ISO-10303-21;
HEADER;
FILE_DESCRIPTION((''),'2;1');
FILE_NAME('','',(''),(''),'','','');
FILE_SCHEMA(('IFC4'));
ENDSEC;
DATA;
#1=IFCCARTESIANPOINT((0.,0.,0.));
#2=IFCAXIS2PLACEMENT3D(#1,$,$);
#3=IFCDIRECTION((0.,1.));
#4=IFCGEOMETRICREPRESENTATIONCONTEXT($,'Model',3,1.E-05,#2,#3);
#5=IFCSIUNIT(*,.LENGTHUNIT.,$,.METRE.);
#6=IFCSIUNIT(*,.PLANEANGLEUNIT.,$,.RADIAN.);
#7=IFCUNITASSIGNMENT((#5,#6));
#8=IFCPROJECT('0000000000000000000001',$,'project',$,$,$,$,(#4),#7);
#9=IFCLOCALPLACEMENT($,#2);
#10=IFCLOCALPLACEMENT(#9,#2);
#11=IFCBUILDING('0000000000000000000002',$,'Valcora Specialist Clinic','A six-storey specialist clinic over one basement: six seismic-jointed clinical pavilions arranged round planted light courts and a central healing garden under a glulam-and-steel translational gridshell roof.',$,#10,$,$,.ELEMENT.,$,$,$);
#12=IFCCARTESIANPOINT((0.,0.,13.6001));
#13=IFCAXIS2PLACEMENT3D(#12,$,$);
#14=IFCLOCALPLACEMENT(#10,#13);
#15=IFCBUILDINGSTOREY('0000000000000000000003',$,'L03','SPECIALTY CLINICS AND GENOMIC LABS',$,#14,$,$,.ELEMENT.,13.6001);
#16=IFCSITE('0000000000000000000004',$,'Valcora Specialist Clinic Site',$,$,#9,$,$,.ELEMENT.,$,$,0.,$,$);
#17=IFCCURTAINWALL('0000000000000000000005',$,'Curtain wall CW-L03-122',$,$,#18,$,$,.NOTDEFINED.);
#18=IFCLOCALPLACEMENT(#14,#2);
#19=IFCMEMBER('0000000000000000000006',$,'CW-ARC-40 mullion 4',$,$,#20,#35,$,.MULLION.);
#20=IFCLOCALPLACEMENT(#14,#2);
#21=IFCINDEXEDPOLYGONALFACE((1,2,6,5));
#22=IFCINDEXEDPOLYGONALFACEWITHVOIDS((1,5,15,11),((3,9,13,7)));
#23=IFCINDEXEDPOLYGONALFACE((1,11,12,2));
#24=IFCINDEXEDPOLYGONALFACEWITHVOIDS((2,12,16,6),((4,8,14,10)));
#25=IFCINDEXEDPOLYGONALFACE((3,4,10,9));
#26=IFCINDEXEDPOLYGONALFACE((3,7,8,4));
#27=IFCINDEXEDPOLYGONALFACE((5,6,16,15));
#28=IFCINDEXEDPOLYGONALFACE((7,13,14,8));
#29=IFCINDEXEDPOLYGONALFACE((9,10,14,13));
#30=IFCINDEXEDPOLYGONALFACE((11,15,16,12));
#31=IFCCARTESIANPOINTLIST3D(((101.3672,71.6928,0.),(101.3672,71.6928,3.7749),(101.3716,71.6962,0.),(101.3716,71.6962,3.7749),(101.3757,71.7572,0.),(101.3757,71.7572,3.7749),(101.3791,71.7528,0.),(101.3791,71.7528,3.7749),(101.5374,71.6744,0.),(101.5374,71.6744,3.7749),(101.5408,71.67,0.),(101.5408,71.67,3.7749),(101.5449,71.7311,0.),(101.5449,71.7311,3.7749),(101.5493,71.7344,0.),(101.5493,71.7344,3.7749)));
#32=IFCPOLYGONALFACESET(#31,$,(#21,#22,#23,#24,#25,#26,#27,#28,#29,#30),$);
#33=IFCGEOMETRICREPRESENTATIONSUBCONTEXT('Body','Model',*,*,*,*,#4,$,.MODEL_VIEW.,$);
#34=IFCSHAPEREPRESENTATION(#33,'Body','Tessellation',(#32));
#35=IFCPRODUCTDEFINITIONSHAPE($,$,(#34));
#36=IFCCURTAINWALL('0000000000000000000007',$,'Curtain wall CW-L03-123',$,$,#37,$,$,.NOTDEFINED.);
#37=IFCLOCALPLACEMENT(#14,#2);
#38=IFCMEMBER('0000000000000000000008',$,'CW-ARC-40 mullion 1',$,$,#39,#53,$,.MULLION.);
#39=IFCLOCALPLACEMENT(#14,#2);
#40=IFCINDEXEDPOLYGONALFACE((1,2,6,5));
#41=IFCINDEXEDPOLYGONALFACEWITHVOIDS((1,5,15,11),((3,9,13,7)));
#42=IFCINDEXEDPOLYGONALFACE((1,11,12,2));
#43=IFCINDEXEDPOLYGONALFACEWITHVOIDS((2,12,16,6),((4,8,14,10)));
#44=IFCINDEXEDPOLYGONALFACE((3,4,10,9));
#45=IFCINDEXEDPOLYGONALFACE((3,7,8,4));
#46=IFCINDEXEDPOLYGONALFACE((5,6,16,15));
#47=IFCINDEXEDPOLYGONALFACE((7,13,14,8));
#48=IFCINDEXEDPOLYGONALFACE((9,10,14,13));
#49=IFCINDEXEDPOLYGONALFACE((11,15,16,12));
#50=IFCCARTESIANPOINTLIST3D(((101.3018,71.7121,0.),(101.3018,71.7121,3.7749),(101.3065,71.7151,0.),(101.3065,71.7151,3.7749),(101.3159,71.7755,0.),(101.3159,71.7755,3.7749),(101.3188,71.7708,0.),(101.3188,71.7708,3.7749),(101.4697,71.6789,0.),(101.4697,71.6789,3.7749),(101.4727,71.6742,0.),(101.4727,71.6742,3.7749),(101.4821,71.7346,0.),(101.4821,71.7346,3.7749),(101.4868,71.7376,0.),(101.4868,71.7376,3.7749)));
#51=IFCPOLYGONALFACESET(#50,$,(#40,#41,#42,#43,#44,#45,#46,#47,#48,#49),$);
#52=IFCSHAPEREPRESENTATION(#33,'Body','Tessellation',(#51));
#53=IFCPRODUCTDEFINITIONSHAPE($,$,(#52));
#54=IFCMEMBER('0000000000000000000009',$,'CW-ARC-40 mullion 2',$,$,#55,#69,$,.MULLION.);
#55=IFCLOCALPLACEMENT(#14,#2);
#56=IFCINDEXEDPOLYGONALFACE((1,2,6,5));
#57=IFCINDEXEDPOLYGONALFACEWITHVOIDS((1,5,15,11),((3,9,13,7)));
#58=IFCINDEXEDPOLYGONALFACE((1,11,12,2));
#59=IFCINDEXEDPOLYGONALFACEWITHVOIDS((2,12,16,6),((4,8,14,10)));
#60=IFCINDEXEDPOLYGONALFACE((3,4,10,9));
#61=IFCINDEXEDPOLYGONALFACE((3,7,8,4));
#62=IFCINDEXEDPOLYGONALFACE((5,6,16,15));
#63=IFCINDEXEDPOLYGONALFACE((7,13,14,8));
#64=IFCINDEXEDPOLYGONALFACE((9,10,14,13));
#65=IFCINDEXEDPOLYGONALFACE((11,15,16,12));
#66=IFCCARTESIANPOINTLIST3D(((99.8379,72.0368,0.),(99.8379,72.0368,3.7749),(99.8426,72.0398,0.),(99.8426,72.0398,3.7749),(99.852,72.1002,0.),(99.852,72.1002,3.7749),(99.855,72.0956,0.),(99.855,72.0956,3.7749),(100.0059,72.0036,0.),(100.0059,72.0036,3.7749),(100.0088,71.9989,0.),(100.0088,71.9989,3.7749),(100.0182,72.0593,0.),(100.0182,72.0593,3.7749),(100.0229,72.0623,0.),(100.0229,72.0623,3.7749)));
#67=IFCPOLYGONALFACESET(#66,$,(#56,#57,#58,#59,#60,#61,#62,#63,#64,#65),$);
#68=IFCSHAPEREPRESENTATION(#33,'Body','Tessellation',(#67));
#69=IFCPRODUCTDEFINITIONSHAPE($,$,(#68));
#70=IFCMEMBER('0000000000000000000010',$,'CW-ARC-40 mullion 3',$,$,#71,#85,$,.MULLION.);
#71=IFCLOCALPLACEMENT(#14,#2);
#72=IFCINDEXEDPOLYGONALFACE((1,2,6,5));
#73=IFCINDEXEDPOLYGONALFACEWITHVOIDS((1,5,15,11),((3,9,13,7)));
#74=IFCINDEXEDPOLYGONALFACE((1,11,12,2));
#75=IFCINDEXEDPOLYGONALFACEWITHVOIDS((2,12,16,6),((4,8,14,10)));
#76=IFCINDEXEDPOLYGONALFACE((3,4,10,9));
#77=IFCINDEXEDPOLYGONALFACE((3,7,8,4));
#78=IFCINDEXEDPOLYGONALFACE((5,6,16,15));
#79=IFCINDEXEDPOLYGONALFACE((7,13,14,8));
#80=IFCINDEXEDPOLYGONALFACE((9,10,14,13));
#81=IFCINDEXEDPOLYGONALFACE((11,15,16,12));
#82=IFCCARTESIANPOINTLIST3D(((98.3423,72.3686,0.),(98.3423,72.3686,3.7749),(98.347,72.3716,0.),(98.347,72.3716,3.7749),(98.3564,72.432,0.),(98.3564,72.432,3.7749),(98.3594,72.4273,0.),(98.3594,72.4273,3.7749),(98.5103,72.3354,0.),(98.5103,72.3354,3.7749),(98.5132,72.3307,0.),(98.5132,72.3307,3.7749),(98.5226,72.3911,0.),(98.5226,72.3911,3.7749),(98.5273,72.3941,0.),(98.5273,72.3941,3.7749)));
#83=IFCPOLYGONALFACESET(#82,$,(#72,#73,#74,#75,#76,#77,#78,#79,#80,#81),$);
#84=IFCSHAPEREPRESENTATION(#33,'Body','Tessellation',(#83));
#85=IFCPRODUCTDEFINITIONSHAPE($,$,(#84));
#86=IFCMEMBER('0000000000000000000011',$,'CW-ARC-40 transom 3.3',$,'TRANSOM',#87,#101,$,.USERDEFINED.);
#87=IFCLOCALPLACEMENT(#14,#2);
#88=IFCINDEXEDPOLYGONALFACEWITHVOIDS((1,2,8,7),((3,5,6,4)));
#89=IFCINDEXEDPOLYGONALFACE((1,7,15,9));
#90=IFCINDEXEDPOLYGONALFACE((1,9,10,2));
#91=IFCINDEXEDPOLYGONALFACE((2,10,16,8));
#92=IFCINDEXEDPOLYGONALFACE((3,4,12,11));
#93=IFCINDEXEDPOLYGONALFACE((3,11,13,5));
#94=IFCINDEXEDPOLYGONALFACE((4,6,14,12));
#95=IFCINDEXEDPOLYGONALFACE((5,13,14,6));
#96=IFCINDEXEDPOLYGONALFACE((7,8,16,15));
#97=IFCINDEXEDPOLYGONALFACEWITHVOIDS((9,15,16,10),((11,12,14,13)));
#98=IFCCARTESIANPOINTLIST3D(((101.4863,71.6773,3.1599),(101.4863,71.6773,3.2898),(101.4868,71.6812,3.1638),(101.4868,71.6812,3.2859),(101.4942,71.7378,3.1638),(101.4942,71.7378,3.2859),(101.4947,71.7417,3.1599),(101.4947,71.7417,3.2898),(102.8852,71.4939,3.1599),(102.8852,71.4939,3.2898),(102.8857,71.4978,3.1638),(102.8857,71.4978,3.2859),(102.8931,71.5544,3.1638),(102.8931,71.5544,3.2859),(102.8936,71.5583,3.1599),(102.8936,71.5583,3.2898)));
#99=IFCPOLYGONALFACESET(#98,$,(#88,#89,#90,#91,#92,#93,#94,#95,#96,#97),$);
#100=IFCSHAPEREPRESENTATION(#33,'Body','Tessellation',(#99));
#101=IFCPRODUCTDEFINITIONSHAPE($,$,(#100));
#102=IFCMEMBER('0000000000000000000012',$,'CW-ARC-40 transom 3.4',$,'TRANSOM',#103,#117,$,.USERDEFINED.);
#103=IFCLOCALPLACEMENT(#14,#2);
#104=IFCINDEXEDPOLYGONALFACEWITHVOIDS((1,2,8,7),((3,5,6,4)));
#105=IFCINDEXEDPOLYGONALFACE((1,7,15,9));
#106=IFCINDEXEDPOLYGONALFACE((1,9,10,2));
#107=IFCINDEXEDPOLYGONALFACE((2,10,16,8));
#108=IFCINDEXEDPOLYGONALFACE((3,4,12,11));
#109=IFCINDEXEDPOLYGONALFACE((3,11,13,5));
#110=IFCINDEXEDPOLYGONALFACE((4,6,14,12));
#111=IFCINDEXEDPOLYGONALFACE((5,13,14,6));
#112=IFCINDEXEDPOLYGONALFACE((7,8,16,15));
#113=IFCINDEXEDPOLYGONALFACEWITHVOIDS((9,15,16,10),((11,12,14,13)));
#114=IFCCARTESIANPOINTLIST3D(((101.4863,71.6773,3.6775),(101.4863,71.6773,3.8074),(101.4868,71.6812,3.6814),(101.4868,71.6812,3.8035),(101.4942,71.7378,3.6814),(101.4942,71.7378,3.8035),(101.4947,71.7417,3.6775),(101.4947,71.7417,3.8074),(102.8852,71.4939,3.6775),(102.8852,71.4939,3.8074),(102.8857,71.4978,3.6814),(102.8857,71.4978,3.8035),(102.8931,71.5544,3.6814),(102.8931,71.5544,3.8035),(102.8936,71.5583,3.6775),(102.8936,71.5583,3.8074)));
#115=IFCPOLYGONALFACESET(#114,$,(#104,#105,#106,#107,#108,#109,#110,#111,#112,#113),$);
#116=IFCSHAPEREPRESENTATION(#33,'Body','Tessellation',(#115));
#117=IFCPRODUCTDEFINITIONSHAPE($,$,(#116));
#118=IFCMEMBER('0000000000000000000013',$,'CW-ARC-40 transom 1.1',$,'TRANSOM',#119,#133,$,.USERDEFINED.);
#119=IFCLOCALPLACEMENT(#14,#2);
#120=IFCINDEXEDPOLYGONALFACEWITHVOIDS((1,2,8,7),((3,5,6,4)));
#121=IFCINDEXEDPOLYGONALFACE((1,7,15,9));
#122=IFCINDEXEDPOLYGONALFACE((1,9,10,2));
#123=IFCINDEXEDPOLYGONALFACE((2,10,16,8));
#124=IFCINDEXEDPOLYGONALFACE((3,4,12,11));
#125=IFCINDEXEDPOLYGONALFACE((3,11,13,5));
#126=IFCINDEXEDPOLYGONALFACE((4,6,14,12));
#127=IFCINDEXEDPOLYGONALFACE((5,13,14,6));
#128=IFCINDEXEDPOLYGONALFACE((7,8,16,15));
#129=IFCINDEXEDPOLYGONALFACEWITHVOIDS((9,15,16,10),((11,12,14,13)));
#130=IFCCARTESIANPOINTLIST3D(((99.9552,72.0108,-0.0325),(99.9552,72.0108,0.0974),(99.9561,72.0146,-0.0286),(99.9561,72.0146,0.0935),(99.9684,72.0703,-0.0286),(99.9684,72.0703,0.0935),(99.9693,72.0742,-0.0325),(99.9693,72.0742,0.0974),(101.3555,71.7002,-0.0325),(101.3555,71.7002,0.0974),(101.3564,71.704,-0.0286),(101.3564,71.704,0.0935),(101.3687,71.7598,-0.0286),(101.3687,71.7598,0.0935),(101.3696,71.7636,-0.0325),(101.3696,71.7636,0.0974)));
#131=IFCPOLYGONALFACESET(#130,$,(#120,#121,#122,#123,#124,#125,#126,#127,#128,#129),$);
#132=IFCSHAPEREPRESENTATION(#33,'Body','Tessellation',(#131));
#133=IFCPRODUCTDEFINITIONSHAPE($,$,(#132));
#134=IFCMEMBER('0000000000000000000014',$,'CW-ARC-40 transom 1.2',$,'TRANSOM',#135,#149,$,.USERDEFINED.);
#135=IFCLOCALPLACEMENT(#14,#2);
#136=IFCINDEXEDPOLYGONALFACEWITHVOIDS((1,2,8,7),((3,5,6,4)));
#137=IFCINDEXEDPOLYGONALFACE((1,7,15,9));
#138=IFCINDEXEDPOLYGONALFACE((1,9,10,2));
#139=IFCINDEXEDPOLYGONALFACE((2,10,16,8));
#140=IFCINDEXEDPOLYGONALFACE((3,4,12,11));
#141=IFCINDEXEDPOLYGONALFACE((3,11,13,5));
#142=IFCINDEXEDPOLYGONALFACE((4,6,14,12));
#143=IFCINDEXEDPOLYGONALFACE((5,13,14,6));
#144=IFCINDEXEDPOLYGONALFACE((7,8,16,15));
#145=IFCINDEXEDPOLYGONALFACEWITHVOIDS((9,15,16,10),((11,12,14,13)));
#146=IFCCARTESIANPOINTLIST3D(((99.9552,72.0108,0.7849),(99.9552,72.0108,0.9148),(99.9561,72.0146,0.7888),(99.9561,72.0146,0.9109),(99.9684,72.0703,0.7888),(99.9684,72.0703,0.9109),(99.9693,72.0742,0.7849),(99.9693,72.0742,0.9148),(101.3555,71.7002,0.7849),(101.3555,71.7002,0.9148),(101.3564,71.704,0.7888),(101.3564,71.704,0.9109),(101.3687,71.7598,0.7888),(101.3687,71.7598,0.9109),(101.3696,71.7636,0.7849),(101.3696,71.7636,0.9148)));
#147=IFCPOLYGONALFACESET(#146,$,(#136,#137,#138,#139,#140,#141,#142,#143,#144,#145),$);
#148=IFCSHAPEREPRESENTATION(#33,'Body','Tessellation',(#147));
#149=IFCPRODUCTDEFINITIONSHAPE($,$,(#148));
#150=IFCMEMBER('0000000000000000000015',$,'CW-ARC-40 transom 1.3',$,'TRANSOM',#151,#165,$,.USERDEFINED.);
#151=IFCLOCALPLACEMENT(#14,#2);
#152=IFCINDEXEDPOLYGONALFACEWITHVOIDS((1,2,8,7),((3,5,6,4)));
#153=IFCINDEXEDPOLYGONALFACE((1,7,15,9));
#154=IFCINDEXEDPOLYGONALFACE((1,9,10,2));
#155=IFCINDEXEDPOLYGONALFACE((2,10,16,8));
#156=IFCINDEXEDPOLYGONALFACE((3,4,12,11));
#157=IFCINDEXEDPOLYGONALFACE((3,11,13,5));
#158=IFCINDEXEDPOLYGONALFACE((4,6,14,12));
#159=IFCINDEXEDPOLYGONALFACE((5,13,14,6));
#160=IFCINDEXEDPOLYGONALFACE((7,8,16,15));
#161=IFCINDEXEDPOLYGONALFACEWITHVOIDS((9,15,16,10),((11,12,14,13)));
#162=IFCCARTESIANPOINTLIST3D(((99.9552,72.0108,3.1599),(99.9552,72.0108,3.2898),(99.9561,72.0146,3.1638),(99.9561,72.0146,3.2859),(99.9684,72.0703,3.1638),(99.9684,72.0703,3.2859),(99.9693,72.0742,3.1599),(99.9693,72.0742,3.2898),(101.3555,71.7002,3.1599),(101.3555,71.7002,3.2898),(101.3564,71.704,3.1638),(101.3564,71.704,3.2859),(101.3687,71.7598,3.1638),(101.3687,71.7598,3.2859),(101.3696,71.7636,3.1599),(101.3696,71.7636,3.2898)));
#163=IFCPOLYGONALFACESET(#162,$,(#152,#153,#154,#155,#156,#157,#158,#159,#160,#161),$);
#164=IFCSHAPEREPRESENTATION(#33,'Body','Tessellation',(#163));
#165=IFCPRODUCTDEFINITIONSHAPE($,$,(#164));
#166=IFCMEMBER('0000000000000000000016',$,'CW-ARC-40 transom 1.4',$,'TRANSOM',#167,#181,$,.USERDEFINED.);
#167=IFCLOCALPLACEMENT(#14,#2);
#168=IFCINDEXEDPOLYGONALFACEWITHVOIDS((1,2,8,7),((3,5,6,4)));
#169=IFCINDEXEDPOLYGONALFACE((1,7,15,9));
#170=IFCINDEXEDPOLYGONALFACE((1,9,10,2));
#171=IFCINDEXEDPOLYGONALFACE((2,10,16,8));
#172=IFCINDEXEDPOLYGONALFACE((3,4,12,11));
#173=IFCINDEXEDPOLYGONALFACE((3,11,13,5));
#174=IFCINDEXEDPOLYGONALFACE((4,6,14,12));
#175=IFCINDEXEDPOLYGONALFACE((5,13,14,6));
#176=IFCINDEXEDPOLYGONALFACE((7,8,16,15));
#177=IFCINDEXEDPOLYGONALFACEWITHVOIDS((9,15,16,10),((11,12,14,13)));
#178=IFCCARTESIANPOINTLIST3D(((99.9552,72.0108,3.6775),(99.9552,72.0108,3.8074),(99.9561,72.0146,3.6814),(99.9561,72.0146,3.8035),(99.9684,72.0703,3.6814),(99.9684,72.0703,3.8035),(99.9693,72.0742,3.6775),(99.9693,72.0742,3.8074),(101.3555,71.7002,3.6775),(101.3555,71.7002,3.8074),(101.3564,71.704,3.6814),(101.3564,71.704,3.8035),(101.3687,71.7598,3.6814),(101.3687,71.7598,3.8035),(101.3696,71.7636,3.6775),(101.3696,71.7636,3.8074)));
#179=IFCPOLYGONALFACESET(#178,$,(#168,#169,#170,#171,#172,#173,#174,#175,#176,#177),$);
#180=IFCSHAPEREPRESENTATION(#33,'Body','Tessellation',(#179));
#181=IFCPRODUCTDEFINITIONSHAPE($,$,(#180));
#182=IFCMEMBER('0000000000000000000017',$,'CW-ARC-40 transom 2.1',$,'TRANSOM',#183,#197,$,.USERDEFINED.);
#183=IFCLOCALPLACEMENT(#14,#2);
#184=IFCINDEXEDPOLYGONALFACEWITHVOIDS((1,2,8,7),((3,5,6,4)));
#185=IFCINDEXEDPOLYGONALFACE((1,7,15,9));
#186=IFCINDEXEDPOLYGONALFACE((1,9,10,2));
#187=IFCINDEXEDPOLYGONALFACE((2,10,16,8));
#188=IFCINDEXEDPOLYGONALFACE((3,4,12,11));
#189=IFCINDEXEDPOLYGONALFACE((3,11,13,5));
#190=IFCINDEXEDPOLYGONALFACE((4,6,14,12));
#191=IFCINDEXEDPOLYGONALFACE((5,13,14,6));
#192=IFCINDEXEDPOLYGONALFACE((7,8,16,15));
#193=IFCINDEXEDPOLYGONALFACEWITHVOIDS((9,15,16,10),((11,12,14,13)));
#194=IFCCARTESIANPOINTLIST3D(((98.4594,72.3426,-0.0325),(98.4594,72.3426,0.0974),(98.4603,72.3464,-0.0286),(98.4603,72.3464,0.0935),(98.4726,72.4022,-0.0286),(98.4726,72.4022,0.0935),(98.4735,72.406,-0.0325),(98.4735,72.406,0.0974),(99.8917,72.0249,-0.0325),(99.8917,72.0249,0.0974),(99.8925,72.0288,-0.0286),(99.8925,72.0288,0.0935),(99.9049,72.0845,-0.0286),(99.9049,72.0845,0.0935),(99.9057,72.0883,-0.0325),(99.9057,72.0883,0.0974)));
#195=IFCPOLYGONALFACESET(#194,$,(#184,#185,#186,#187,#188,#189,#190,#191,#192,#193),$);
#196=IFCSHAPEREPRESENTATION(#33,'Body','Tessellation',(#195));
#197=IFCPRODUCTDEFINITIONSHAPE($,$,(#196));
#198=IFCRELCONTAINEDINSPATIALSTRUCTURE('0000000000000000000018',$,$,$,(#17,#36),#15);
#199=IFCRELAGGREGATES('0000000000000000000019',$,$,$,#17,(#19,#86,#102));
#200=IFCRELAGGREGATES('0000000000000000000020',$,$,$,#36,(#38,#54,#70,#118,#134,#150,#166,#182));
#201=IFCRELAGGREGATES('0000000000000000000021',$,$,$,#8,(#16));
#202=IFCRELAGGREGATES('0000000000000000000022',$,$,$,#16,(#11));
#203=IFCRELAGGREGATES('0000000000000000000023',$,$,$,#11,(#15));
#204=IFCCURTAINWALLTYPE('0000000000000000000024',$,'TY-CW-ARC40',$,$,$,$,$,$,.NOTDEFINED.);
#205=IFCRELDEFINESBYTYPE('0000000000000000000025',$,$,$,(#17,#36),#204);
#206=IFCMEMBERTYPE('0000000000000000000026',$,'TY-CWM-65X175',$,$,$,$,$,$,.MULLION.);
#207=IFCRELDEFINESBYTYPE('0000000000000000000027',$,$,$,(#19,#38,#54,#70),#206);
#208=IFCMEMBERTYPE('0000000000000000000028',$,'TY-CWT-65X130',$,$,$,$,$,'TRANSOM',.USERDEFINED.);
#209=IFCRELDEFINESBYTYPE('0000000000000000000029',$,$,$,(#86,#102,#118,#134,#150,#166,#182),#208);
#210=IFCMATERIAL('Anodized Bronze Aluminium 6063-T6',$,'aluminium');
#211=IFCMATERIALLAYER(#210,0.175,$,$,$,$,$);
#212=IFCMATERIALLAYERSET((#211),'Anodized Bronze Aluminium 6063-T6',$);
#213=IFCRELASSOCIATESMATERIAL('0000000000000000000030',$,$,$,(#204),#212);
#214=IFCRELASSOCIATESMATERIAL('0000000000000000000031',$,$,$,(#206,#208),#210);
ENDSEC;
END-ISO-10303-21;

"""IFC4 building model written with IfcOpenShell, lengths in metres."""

from ifc_helpers import new_model, si_unit, direction, frame, origin, origin_2d, place, context, subcontext, project, spatial, hollow_rectangle, extrude, material, layer, layer_set, material_profile, profile_set, type_object, element, aggregate, save


model = new_model("IFC4")

# Units and contexts
model_context = context("Model", 3, precision=1e-05, world=origin(), true_north=direction((0.0, 1.0)))
body_context = subcontext(model_context, "Body", "Model", "MODEL_VIEW")
ifc_project = project(units=[si_unit("LENGTHUNIT", "METRE"), si_unit("PLANEANGLEUNIT", "RADIAN")], contexts=[model_context])

# Site, building, storey
site_placement = place(None, origin())
site = spatial("IfcSite", under=ifc_project, at=site_placement, Name="Valcora Specialist Clinic Site", CompositionType="ELEMENT", RefElevation=0.0)
building_placement = place(site_placement, origin())
building = spatial("IfcBuilding", under=site, at=building_placement, Name="Valcora Specialist Clinic", Description="A six-storey specialist clinic over one basement: six seismic-jointed clinical pavilions arranged round planted light courts and a central healing garden under a glulam-and-steel translational gridshell roof.", CompositionType="ELEMENT")
storey_placement = place(building_placement, frame((0.0, 0.0, 13.6001)))
storey = spatial("IfcBuildingStorey", under=building, at=storey_placement, Name="L03", Description="SPECIALTY CLINICS AND GENOMIC LABS", CompositionType="ELEMENT", Elevation=13.6001)

# Curtain wall, member
ifc_material_1 = material(Name="Anodized Bronze Aluminium 6063-T6", Category="aluminium")
ifc_layer_1 = layer(ifc_material_1, 0.175)
ifc_layer_set_1 = layer_set([ifc_layer_1], Name="Anodized Bronze Aluminium 6063-T6")
curtain_wall_type = type_object("IfcCurtainWallType", Name="TY-CW-ARC40", PredefinedType="NOTDEFINED", material=ifc_layer_set_1)
curtain_wall_1_placement = place(storey_placement, origin())
curtain_wall_1 = element("IfcCurtainWall", 1, at=curtain_wall_1_placement, inside=storey, type_object=curtain_wall_type, Name="Curtain wall CW-L03-122", PredefinedType="NOTDEFINED")
ifc_material_profile_1 = material_profile(ifc_material_1, hollow_rectangle(XDim=0.0649, YDim=0.175, WallThickness=0.0039, at=origin_2d()), Name="AL-MUL-65X175")
ifc_profile_set_1 = profile_set([ifc_material_profile_1], Name="Anodized Bronze Aluminium 6063-T6")
member_type_1 = type_object("IfcMemberType", Name="TY-CWM-65X175", PredefinedType="MULLION", material=ifc_profile_set_1)
member_1_placement = place(storey_placement, frame((101.4583, 71.7136, 0.0), z_axis=(0.0, 0.0, 1.0), x_axis=(-0.129999, -0.991514, 0.0)))
member_1 = element("IfcMember", 2, at=member_1_placement, type_object=member_type_1, Name="CW-ARC-40 mullion 4", PredefinedType="MULLION", context=body_context, shape_type="SweptSolid", body=[
    extrude(hollow_rectangle(XDim=0.0649, YDim=0.175, WallThickness=0.0039, at=origin_2d()), origin(), (0.0, 0.0, 1.0), 3.7749),
])

# Curtain wall, members
curtain_wall_2_placement = place(storey_placement, origin())
curtain_wall_2 = element("IfcCurtainWall", 3, at=curtain_wall_2_placement, inside=storey, type_object=curtain_wall_type, Name="Curtain wall CW-L03-123", PredefinedType="NOTDEFINED")
member_2_placement = place(storey_placement, frame((101.3943, 71.7249, 0.0), z_axis=(0.0, 0.0, 1.0), x_axis=(-0.216518, -0.976279, 0.0)))
member_2 = element("IfcMember", 4, at=member_2_placement, type_object=member_type_1, Name="CW-ARC-40 mullion 1", PredefinedType="MULLION", context=body_context, shape_type="SweptSolid", body=[
    extrude(hollow_rectangle(XDim=0.0649, YDim=0.175, WallThickness=0.0039, at=origin_2d()), origin(), (0.0, 0.0, 1.0), 3.7749),
])
member_3_placement = place(storey_placement, frame((99.9304, 72.0496, 0.0), z_axis=(0.0, 0.0, 1.0), x_axis=(-0.216518, -0.976279, 0.0)))
member_3 = element("IfcMember", 5, at=member_3_placement, type_object=member_type_1, Name="CW-ARC-40 mullion 2", PredefinedType="MULLION", context=body_context, shape_type="SweptSolid", body=[
    extrude(hollow_rectangle(XDim=0.0649, YDim=0.175, WallThickness=0.0039, at=origin_2d()), origin(), (0.0, 0.0, 1.0), 3.7749),
])
member_4_placement = place(storey_placement, frame((98.4348, 72.3813, 0.0), z_axis=(0.0, 0.0, 1.0), x_axis=(-0.216518, -0.976279, 0.0)))
member_4 = element("IfcMember", 6, at=member_4_placement, type_object=member_type_1, Name="CW-ARC-40 mullion 3", PredefinedType="MULLION", context=body_context, shape_type="SweptSolid", body=[
    extrude(hollow_rectangle(XDim=0.0649, YDim=0.175, WallThickness=0.0039, at=origin_2d()), origin(), (0.0, 0.0, 1.0), 3.7749),
])

# Members
ifc_material_profile_2 = material_profile(ifc_material_1, hollow_rectangle(XDim=0.0649, YDim=0.1299, WallThickness=0.0039, at=origin_2d()), Name="AL-TRN-65X130")
ifc_profile_set_2 = profile_set([ifc_material_profile_2], Name="Anodized Bronze Aluminium 6063-T6")
member_type_2 = type_object("IfcMemberType", Name="TY-CWT-65X130", ElementType="TRANSOM", PredefinedType="USERDEFINED", material=ifc_profile_set_2)
member_5_placement = place(storey_placement, frame((102.8894, 71.5261, 3.2249), z_axis=(-0.99152, 0.129953, 0.0), x_axis=(-0.129953, -0.99152, 0.0)))
member_5 = element("IfcMember", 7, at=member_5_placement, type_object=member_type_2, Name="CW-ARC-40 transom 3.3", ObjectType="TRANSOM", PredefinedType="USERDEFINED", context=body_context, shape_type="SweptSolid", body=[
    extrude(hollow_rectangle(XDim=0.0649, YDim=0.1299, WallThickness=0.0039, at=origin_2d()), origin(), (0.0, 0.0, 1.0), 1.4109),
])
member_6_placement = place(storey_placement, frame((102.8894, 71.5261, 3.7424), z_axis=(-0.99152, 0.129953, 0.0), x_axis=(-0.129953, -0.99152, 0.0)))
member_6 = element("IfcMember", 8, at=member_6_placement, type_object=member_type_2, Name="CW-ARC-40 transom 3.4", ObjectType="TRANSOM", PredefinedType="USERDEFINED", context=body_context, shape_type="SweptSolid", body=[
    extrude(hollow_rectangle(XDim=0.0649, YDim=0.1299, WallThickness=0.0039, at=origin_2d()), origin(), (0.0, 0.0, 1.0), 1.4109),
])
member_7_placement = place(storey_placement, frame((101.3625, 71.7319, 0.0325), z_axis=(-0.976283, 0.216498, 0.0), x_axis=(-0.216498, -0.976283, 0.0)))
member_7 = element("IfcMember", 9, at=member_7_placement, type_object=member_type_2, Name="CW-ARC-40 transom 1.1", ObjectType="TRANSOM", PredefinedType="USERDEFINED", context=body_context, shape_type="SweptSolid", body=[
    extrude(hollow_rectangle(XDim=0.0649, YDim=0.1299, WallThickness=0.0039, at=origin_2d()), origin(), (0.0, 0.0, 1.0), 1.4343),
])
member_8_placement = place(storey_placement, frame((101.3625, 71.7319, 0.8499), z_axis=(-0.976283, 0.216498, 0.0), x_axis=(-0.216498, -0.976283, 0.0)))
member_8 = element("IfcMember", 10, at=member_8_placement, type_object=member_type_2, Name="CW-ARC-40 transom 1.2", ObjectType="TRANSOM", PredefinedType="USERDEFINED", context=body_context, shape_type="SweptSolid", body=[
    extrude(hollow_rectangle(XDim=0.0649, YDim=0.1299, WallThickness=0.0039, at=origin_2d()), origin(), (0.0, 0.0, 1.0), 1.4343),
])
member_9_placement = place(storey_placement, frame((101.3625, 71.7319, 3.2249), z_axis=(-0.976283, 0.216498, 0.0), x_axis=(-0.216498, -0.976283, 0.0)))
member_9 = element("IfcMember", 11, at=member_9_placement, type_object=member_type_2, Name="CW-ARC-40 transom 1.3", ObjectType="TRANSOM", PredefinedType="USERDEFINED", context=body_context, shape_type="SweptSolid", body=[
    extrude(hollow_rectangle(XDim=0.0649, YDim=0.1299, WallThickness=0.0039, at=origin_2d()), origin(), (0.0, 0.0, 1.0), 1.4343),
])
member_10_placement = place(storey_placement, frame((101.3625, 71.7319, 3.7424), z_axis=(-0.976283, 0.216498, 0.0), x_axis=(-0.216498, -0.976283, 0.0)))
member_10 = element("IfcMember", 12, at=member_10_placement, type_object=member_type_2, Name="CW-ARC-40 transom 1.4", ObjectType="TRANSOM", PredefinedType="USERDEFINED", context=body_context, shape_type="SweptSolid", body=[
    extrude(hollow_rectangle(XDim=0.0649, YDim=0.1299, WallThickness=0.0039, at=origin_2d()), origin(), (0.0, 0.0, 1.0), 1.4343),
])
member_11_placement = place(storey_placement, frame((99.8987, 72.0566, 0.0325), z_axis=(-0.976277, 0.216525, 0.0), x_axis=(-0.216525, -0.976277, 0.0)))
member_11 = element("IfcMember", 13, at=member_11_placement, type_object=member_type_2, Name="CW-ARC-40 transom 2.1", ObjectType="TRANSOM", PredefinedType="USERDEFINED", context=body_context, shape_type="SweptSolid", body=[
    extrude(hollow_rectangle(XDim=0.0649, YDim=0.1299, WallThickness=0.0039, at=origin_2d()), origin(), (0.0, 0.0, 1.0), 1.467),
])

aggregate(curtain_wall_1, [member_1, member_5, member_6])
aggregate(curtain_wall_2, [member_2, member_3, member_4, member_7, member_8, member_9, member_10, member_11])

save(model, "model.ifc")
